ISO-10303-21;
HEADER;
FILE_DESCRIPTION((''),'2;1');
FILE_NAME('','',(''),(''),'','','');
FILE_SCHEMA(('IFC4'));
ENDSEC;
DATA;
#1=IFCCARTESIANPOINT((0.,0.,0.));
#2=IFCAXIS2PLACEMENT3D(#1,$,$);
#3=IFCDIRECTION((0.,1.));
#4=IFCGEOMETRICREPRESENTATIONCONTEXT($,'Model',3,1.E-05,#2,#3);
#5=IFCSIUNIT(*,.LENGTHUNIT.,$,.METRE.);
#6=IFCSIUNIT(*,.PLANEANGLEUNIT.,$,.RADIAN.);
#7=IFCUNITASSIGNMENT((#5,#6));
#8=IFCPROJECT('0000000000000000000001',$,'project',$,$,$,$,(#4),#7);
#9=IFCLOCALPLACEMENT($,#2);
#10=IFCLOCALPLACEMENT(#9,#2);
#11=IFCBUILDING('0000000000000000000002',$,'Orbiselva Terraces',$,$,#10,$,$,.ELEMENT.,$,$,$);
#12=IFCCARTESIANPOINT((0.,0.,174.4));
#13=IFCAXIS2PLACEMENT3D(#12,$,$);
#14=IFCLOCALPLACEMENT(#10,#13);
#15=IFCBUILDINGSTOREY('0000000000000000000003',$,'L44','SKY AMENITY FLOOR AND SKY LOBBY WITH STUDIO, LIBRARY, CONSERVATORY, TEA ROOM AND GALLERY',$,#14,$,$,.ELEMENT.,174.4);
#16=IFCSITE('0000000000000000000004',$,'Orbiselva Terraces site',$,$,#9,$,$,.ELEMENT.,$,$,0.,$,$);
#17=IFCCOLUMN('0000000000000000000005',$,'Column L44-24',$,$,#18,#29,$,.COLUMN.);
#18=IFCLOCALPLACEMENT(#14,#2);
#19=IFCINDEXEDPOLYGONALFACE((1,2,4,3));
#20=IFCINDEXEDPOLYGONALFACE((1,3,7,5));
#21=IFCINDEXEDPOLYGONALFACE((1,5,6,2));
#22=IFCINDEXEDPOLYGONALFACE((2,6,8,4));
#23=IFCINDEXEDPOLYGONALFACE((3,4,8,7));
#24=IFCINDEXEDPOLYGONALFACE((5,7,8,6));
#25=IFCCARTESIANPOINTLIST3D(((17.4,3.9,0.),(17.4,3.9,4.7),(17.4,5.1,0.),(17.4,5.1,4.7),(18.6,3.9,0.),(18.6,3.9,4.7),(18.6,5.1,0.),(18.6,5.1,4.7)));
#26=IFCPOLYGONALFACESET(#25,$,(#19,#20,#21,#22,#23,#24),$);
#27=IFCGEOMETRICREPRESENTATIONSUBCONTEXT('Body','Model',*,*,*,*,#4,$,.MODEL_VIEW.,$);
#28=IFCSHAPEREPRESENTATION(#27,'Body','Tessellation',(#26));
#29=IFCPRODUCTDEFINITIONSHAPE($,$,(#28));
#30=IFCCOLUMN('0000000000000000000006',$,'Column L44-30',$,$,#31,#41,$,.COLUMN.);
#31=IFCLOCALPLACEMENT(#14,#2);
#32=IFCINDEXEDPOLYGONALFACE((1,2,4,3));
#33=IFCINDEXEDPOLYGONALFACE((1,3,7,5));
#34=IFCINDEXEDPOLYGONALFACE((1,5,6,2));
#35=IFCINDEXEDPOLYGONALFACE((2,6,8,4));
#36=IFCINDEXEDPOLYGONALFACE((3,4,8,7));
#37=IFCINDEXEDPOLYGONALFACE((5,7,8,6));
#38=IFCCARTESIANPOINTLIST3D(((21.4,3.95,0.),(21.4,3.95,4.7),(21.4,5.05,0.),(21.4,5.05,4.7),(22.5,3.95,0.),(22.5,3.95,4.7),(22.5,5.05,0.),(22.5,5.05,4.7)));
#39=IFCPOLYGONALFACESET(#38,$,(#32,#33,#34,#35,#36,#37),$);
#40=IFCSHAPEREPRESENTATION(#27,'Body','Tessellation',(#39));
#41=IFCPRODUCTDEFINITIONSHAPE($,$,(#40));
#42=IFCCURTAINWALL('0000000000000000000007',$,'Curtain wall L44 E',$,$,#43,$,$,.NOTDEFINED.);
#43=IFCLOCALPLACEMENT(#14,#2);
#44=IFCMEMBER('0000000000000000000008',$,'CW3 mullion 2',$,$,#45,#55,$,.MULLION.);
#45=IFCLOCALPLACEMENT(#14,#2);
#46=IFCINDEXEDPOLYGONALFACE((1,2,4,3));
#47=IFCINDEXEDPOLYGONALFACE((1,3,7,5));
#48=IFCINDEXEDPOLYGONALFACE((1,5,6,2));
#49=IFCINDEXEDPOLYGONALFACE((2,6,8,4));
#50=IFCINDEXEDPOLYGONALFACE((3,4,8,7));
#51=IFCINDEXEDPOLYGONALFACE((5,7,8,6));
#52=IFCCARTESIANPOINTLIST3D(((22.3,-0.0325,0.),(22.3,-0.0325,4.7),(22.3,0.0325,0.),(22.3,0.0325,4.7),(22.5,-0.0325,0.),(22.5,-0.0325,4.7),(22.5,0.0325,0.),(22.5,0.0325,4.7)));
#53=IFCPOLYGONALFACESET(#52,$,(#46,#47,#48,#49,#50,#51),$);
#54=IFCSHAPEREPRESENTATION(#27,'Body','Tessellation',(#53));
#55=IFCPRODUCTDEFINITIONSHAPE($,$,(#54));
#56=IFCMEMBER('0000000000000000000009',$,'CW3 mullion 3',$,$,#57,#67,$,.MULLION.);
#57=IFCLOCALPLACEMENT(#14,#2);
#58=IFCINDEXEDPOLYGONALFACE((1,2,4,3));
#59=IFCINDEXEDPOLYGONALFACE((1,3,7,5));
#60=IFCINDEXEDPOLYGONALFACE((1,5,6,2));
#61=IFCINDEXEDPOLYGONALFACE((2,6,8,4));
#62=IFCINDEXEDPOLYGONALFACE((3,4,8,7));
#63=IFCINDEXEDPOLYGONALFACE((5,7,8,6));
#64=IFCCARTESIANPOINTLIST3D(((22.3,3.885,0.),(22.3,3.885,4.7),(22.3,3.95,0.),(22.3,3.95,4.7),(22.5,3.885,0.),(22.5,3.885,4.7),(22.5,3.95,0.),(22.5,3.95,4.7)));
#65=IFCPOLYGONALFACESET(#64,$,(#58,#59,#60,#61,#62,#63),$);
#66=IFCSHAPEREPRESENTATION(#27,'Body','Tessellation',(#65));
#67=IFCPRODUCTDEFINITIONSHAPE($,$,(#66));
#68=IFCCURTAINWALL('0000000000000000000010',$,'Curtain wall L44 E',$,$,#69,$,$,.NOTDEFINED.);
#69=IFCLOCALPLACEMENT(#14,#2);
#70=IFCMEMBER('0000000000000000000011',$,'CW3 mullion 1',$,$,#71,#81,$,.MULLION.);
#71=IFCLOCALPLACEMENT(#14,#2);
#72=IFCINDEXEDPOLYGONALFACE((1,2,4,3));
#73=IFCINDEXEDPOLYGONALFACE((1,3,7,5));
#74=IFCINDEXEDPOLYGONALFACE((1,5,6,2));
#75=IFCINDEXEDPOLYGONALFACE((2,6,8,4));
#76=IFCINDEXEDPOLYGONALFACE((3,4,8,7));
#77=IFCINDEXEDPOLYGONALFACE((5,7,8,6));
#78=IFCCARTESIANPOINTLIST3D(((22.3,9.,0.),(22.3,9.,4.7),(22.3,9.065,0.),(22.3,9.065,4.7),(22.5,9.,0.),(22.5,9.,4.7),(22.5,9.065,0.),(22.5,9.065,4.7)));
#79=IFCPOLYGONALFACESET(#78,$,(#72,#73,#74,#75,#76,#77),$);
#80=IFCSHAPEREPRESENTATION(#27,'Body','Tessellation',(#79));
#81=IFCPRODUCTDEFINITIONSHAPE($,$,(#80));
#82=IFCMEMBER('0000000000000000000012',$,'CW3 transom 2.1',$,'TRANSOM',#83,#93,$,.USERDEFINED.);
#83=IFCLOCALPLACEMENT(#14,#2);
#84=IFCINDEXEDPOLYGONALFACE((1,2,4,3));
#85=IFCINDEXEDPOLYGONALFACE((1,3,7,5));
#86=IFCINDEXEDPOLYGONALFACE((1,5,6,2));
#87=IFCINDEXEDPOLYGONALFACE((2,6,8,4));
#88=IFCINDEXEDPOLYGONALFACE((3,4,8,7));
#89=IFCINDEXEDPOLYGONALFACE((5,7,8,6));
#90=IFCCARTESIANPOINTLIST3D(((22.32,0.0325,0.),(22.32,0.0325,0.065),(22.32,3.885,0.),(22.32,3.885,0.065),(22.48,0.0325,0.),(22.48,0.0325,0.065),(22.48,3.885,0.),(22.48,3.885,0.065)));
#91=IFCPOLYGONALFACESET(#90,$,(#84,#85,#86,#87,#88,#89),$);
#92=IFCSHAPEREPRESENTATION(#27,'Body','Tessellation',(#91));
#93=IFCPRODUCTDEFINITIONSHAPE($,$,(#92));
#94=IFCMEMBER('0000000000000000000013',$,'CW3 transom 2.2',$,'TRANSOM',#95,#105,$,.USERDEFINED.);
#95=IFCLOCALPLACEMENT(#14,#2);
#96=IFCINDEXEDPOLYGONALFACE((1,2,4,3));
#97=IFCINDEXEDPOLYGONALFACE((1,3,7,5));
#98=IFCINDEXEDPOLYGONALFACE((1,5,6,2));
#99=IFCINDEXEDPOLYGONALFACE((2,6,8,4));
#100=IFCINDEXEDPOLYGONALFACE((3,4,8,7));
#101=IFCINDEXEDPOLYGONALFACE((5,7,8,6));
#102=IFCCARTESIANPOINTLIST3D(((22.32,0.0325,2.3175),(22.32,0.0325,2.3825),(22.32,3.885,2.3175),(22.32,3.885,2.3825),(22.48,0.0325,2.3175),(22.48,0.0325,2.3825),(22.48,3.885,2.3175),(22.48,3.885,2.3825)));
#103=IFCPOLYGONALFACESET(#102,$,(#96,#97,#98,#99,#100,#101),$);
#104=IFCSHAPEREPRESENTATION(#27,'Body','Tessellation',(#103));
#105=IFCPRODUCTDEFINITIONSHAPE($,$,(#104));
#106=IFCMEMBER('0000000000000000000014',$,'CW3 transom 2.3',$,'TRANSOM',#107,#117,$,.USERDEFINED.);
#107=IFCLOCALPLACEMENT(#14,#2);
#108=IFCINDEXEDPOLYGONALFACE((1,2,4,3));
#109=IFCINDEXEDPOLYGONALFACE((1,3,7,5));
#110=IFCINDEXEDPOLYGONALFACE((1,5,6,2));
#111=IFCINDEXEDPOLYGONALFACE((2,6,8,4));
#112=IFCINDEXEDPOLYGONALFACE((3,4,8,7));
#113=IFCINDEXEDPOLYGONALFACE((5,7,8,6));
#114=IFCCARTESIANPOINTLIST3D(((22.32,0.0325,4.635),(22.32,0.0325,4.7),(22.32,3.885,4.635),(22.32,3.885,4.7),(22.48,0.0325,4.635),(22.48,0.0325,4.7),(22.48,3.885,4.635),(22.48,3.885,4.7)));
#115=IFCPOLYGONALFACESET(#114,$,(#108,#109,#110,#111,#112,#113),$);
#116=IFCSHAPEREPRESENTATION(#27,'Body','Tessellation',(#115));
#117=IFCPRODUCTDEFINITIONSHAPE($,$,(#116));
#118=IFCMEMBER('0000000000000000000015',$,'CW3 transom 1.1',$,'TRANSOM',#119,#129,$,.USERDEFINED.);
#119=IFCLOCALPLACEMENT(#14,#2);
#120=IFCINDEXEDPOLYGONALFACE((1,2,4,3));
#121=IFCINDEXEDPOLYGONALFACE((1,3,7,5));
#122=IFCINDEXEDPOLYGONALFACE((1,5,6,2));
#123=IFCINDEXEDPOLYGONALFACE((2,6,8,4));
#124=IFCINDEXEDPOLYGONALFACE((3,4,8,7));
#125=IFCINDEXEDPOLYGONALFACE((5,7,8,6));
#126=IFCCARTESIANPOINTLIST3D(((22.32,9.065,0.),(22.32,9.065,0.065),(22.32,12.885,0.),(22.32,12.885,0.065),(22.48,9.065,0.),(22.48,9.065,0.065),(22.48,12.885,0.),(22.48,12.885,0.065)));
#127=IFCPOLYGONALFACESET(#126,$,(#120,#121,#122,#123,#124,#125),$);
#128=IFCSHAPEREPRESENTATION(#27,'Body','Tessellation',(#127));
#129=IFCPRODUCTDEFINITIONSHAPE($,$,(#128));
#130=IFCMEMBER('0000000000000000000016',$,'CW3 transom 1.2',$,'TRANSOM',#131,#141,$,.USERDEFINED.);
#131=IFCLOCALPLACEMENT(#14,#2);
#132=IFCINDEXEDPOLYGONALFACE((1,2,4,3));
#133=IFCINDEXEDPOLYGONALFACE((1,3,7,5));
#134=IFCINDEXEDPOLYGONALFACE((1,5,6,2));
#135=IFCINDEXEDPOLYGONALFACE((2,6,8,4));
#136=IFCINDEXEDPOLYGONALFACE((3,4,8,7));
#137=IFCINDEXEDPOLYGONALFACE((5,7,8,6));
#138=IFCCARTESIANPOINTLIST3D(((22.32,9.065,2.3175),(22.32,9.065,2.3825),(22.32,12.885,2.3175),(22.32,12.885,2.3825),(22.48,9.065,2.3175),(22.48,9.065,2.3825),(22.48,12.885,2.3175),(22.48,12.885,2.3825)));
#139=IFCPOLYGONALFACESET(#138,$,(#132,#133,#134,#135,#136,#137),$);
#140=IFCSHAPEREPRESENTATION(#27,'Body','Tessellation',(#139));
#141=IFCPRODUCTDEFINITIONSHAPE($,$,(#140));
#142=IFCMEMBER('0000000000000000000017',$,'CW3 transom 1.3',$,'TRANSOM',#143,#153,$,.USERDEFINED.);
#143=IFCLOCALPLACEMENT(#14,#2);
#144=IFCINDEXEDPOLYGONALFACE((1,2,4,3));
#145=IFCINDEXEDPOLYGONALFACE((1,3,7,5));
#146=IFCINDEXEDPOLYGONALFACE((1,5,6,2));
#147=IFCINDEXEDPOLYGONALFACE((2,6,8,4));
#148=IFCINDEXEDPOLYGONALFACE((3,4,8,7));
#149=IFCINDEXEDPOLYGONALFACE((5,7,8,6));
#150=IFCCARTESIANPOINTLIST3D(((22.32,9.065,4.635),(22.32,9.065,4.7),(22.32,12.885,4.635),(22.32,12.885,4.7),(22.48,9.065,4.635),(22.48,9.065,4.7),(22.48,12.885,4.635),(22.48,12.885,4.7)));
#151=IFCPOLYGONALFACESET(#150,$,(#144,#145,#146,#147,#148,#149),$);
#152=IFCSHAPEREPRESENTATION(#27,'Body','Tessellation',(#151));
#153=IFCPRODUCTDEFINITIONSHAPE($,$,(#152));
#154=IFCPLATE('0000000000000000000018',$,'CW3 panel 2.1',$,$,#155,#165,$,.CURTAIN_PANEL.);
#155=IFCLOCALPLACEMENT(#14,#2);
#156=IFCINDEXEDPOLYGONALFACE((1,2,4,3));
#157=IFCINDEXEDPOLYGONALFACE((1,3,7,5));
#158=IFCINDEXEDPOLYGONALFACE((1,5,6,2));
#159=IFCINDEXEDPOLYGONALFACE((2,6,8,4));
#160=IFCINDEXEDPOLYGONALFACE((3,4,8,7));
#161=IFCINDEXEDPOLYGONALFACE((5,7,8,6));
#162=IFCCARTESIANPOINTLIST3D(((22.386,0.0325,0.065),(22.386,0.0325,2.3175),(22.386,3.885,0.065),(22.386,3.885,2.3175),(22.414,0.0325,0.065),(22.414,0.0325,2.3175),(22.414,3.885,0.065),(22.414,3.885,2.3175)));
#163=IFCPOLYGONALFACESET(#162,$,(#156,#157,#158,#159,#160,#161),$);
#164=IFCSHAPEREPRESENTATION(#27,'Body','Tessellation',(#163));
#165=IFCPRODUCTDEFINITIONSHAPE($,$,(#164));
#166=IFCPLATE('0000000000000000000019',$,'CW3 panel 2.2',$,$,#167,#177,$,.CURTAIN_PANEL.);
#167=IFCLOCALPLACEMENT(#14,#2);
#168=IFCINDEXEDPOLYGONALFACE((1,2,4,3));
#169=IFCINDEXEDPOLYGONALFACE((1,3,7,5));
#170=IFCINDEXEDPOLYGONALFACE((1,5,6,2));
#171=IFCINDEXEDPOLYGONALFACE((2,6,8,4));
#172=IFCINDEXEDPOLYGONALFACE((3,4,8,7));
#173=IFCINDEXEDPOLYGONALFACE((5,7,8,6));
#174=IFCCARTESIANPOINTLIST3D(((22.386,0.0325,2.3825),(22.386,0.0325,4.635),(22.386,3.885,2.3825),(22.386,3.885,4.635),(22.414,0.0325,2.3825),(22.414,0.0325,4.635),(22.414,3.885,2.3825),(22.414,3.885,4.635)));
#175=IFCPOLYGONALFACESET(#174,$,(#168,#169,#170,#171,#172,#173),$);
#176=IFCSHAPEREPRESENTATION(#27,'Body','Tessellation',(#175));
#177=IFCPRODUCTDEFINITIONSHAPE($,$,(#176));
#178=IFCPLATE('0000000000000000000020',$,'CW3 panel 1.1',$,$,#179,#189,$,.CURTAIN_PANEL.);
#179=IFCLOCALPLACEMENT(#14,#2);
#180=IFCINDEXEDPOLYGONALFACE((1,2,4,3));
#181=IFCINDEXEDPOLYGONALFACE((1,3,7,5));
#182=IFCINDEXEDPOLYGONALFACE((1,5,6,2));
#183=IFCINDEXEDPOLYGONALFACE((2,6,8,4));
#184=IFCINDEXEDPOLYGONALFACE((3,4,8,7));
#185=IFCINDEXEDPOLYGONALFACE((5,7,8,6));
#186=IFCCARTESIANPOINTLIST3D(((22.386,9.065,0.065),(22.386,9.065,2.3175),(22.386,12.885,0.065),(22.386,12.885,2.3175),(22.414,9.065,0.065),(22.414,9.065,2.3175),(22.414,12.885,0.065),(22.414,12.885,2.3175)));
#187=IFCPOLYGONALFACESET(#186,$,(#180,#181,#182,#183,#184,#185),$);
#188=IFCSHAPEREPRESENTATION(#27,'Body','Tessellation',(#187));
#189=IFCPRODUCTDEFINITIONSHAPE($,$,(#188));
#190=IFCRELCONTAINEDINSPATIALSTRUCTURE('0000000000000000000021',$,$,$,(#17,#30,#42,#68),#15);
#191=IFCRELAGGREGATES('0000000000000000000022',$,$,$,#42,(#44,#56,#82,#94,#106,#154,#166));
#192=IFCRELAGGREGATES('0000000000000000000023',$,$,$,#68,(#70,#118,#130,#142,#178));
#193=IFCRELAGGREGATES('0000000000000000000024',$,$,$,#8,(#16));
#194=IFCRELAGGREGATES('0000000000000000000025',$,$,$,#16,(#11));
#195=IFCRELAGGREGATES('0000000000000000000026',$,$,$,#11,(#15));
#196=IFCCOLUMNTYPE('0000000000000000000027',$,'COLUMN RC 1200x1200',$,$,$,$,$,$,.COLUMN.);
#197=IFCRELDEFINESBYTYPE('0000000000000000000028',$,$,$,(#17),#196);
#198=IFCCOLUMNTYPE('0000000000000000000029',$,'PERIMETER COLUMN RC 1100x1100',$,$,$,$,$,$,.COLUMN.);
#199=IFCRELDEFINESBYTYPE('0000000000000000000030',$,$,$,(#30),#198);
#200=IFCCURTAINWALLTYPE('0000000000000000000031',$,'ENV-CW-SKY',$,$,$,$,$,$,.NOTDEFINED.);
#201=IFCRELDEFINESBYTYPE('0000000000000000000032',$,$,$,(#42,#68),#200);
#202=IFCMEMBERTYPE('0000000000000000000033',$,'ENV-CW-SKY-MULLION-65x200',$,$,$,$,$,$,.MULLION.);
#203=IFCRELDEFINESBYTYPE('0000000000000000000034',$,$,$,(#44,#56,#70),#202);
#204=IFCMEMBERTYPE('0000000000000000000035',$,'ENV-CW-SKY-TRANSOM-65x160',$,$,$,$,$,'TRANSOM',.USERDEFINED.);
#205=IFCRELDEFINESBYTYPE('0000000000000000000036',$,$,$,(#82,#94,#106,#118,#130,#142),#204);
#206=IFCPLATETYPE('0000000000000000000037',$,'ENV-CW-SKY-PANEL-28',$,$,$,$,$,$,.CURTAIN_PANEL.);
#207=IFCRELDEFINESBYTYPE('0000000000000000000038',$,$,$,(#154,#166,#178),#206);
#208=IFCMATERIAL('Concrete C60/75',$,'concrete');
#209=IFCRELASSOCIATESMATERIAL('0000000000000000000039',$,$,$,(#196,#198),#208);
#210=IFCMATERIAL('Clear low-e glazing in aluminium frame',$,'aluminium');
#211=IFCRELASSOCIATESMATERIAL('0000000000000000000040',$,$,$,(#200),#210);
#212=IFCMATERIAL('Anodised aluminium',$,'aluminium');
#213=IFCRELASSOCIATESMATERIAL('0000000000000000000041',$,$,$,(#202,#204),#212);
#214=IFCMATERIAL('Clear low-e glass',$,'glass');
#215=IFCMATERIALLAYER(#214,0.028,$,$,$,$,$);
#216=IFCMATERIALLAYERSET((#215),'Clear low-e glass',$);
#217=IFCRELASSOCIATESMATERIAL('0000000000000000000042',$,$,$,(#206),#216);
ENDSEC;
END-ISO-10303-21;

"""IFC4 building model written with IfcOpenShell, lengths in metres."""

from ifc_helpers import new_model, si_unit, direction, frame, origin, origin_2d, place, context, subcontext, project, spatial, rectangle, extrude, material, layer, layer_set, material_profile, profile_set, type_object, element, aggregate, save


model = new_model("IFC4")

# Units and contexts
model_context = context("Model", 3, precision=1e-05, world=origin(), true_north=direction((0.0, 1.0)))
body_context = subcontext(model_context, "Body", "Model", "MODEL_VIEW")
ifc_project = project(units=[si_unit("LENGTHUNIT", "METRE"), si_unit("PLANEANGLEUNIT", "RADIAN")], contexts=[model_context])

# Site, building, storey
site_placement = place(None, origin())
site = spatial("IfcSite", under=ifc_project, at=site_placement, Name="Orbiselva Terraces site", CompositionType="ELEMENT", RefElevation=0.0)
building_placement = place(site_placement, origin())
building = spatial("IfcBuilding", under=site, at=building_placement, Name="Orbiselva Terraces", CompositionType="ELEMENT")
storey_placement = place(building_placement, frame((0.0, 0.0, 174.4)))
storey = spatial("IfcBuildingStorey", under=building, at=storey_placement, Name="L44", Description="SKY AMENITY FLOOR AND SKY LOBBY WITH STUDIO, LIBRARY, CONSERVATORY, TEA ROOM AND GALLERY", CompositionType="ELEMENT", Elevation=174.4)

# Columns
ifc_material_1 = material(Name="Concrete C60/75", Category="concrete")
ifc_material_profile_1 = material_profile(ifc_material_1, rectangle(XDim=1.2, YDim=1.2, at=origin_2d()), Name="RC 1200x1200")
ifc_profile_set_1 = profile_set([ifc_material_profile_1], Name="Concrete C60/75")
column_type_1 = type_object("IfcColumnType", Name="COLUMN RC 1200x1200", PredefinedType="COLUMN", material=ifc_profile_set_1)
column_1_placement = place(storey_placement, frame((18.0, 4.5, 0.0), z_axis=(0.0, 0.0, 1.0), x_axis=(1.0, 0.0, 0.0)))
element("IfcColumn", 1, at=column_1_placement, inside=storey, type_object=column_type_1, Name="Column L44-24", PredefinedType="COLUMN", context=body_context, shape_type="SweptSolid", body=[
    extrude(rectangle(XDim=1.2, YDim=1.2, at=origin_2d()), origin(), (0.0, 0.0, 1.0), 4.7),
])
ifc_material_profile_2 = material_profile(ifc_material_1, rectangle(XDim=1.1, YDim=1.1, at=origin_2d()), Name="RC 1100x1100")
ifc_profile_set_2 = profile_set([ifc_material_profile_2], Name="Concrete C60/75")
column_type_2 = type_object("IfcColumnType", Name="PERIMETER COLUMN RC 1100x1100", PredefinedType="COLUMN", material=ifc_profile_set_2)
column_2_placement = place(storey_placement, frame((21.95, 4.5, 0.0), z_axis=(0.0, 0.0, 1.0), x_axis=(1.0, 0.0, 0.0)))
element("IfcColumn", 2, at=column_2_placement, inside=storey, type_object=column_type_2, Name="Column L44-30", PredefinedType="COLUMN", context=body_context, shape_type="SweptSolid", body=[
    extrude(rectangle(XDim=1.1, YDim=1.1, at=origin_2d()), origin(), (0.0, 0.0, 1.0), 4.7),
])

# Curtain wall, members
ifc_material_2 = material(Name="Clear low-e glazing in aluminium frame", Category="aluminium")
curtain_wall_type = type_object("IfcCurtainWallType", Name="ENV-CW-SKY", PredefinedType="NOTDEFINED", material=ifc_material_2)
curtain_wall_1_placement = place(storey_placement, origin())
curtain_wall_1 = element("IfcCurtainWall", 3, at=curtain_wall_1_placement, inside=storey, type_object=curtain_wall_type, Name="Curtain wall L44 E", PredefinedType="NOTDEFINED")
ifc_material_3 = material(Name="Anodised aluminium", Category="aluminium")
ifc_material_profile_3 = material_profile(ifc_material_3, rectangle(XDim=0.2, YDim=0.065, at=origin_2d()), Name="AL 65x200")
ifc_profile_set_3 = profile_set([ifc_material_profile_3], Name="Anodised aluminium")
member_type_1 = type_object("IfcMemberType", Name="ENV-CW-SKY-MULLION-65x200", PredefinedType="MULLION", material=ifc_profile_set_3)
member_1_placement = place(storey_placement, frame((22.4, 0.0, 0.0), z_axis=(0.0, 0.0, 1.0), x_axis=(-1.0, 0.0, 0.0)))
member_1 = element("IfcMember", 4, at=member_1_placement, type_object=member_type_1, Name="CW3 mullion 2", PredefinedType="MULLION", context=body_context, shape_type="SweptSolid", body=[
    extrude(rectangle(XDim=0.2, YDim=0.065, at=origin_2d()), origin(), (0.0, 0.0, 1.0), 4.7),
])
member_2_placement = place(storey_placement, frame((22.4, 3.9175, 0.0), z_axis=(0.0, 0.0, 1.0), x_axis=(-1.0, 0.0, 0.0)))
member_2 = element("IfcMember", 5, at=member_2_placement, type_object=member_type_1, Name="CW3 mullion 3", PredefinedType="MULLION", context=body_context, shape_type="SweptSolid", body=[
    extrude(rectangle(XDim=0.2, YDim=0.065, at=origin_2d()), origin(), (0.0, 0.0, 1.0), 4.7),
])

# Curtain wall, member
curtain_wall_2_placement = place(storey_placement, origin())
curtain_wall_2 = element("IfcCurtainWall", 6, at=curtain_wall_2_placement, inside=storey, type_object=curtain_wall_type, Name="Curtain wall L44 E", PredefinedType="NOTDEFINED")
member_3_placement = place(storey_placement, frame((22.4, 9.0325, 0.0), z_axis=(0.0, 0.0, 1.0), x_axis=(-1.0, 0.0, 0.0)))
member_3 = element("IfcMember", 7, at=member_3_placement, type_object=member_type_1, Name="CW3 mullion 1", PredefinedType="MULLION", context=body_context, shape_type="SweptSolid", body=[
    extrude(rectangle(XDim=0.2, YDim=0.065, at=origin_2d()), origin(), (0.0, 0.0, 1.0), 4.7),
])

# Members
ifc_material_profile_4 = material_profile(ifc_material_3, rectangle(XDim=0.16, YDim=0.065, at=origin_2d()), Name="AL 65x160")
ifc_profile_set_4 = profile_set([ifc_material_profile_4], Name="Anodised aluminium")
member_type_2 = type_object("IfcMemberType", Name="ENV-CW-SKY-TRANSOM-65x160", ElementType="TRANSOM", PredefinedType="USERDEFINED", material=ifc_profile_set_4)
member_4_placement = place(storey_placement, frame((22.4, 0.0325, 0.0325), z_axis=(0.0, 1.0, 0.0), x_axis=(-1.0, 0.0, 0.0)))
member_4 = element("IfcMember", 8, at=member_4_placement, type_object=member_type_2, Name="CW3 transom 2.1", ObjectType="TRANSOM", PredefinedType="USERDEFINED", context=body_context, shape_type="SweptSolid", body=[
    extrude(rectangle(XDim=0.16, YDim=0.065, at=origin_2d()), origin(), (0.0, 0.0, 1.0), 3.8525),
])
member_5_placement = place(storey_placement, frame((22.4, 0.0325, 2.35), z_axis=(0.0, 1.0, 0.0), x_axis=(-1.0, 0.0, 0.0)))
member_5 = element("IfcMember", 9, at=member_5_placement, type_object=member_type_2, Name="CW3 transom 2.2", ObjectType="TRANSOM", PredefinedType="USERDEFINED", context=body_context, shape_type="SweptSolid", body=[
    extrude(rectangle(XDim=0.16, YDim=0.065, at=origin_2d()), origin(), (0.0, 0.0, 1.0), 3.8525),
])
member_6_placement = place(storey_placement, frame((22.4, 0.0325, 4.6675), z_axis=(0.0, 1.0, 0.0), x_axis=(-1.0, 0.0, 0.0)))
member_6 = element("IfcMember", 10, at=member_6_placement, type_object=member_type_2, Name="CW3 transom 2.3", ObjectType="TRANSOM", PredefinedType="USERDEFINED", context=body_context, shape_type="SweptSolid", body=[
    extrude(rectangle(XDim=0.16, YDim=0.065, at=origin_2d()), origin(), (0.0, 0.0, 1.0), 3.8525),
])
member_7_placement = place(storey_placement, frame((22.4, 9.065, 0.0325), z_axis=(0.0, 1.0, 0.0), x_axis=(-1.0, 0.0, 0.0)))
member_7 = element("IfcMember", 11, at=member_7_placement, type_object=member_type_2, Name="CW3 transom 1.1", ObjectType="TRANSOM", PredefinedType="USERDEFINED", context=body_context, shape_type="SweptSolid", body=[
    extrude(rectangle(XDim=0.16, YDim=0.065, at=origin_2d()), origin(), (0.0, 0.0, 1.0), 3.82),
])
member_8_placement = place(storey_placement, frame((22.4, 9.065, 2.35), z_axis=(0.0, 1.0, 0.0), x_axis=(-1.0, 0.0, 0.0)))
member_8 = element("IfcMember", 12, at=member_8_placement, type_object=member_type_2, Name="CW3 transom 1.2", ObjectType="TRANSOM", PredefinedType="USERDEFINED", context=body_context, shape_type="SweptSolid", body=[
    extrude(rectangle(XDim=0.16, YDim=0.065, at=origin_2d()), origin(), (0.0, 0.0, 1.0), 3.82),
])
member_9_placement = place(storey_placement, frame((22.4, 9.065, 4.6675), z_axis=(0.0, 1.0, 0.0), x_axis=(-1.0, 0.0, 0.0)))
member_9 = element("IfcMember", 13, at=member_9_placement, type_object=member_type_2, Name="CW3 transom 1.3", ObjectType="TRANSOM", PredefinedType="USERDEFINED", context=body_context, shape_type="SweptSolid", body=[
    extrude(rectangle(XDim=0.16, YDim=0.065, at=origin_2d()), origin(), (0.0, 0.0, 1.0), 3.82),
])

# Plates
ifc_material_4 = material(Name="Clear low-e glass", Category="glass")
ifc_layer_1 = layer(ifc_material_4, 0.028)
ifc_layer_set_1 = layer_set([ifc_layer_1], Name="Clear low-e glass")
plate_type = type_object("IfcPlateType", Name="ENV-CW-SKY-PANEL-28", PredefinedType="CURTAIN_PANEL", material=ifc_layer_set_1)
plate_1_placement = place(storey_placement, frame((22.4, 1.9587, 0.065), z_axis=(0.0, 0.0, 1.0), x_axis=(0.0, 1.0, 0.0)))
plate_1 = element("IfcPlate", 14, at=plate_1_placement, type_object=plate_type, Name="CW3 panel 2.1", PredefinedType="CURTAIN_PANEL", context=body_context, shape_type="SweptSolid", body=[
    extrude(rectangle(XDim=3.8525, YDim=0.028, at=origin_2d()), origin(), (0.0, 0.0, 1.0), 2.2525),
])
plate_2_placement = place(storey_placement, frame((22.4, 1.9587, 2.3825), z_axis=(0.0, 0.0, 1.0), x_axis=(0.0, 1.0, 0.0)))
plate_2 = element("IfcPlate", 15, at=plate_2_placement, type_object=plate_type, Name="CW3 panel 2.2", PredefinedType="CURTAIN_PANEL", context=body_context, shape_type="SweptSolid", body=[
    extrude(rectangle(XDim=3.8525, YDim=0.028, at=origin_2d()), origin(), (0.0, 0.0, 1.0), 2.2525),
])
aggregate(curtain_wall_1, [member_1, member_2, member_4, member_5, member_6, plate_1, plate_2])
plate_3_placement = place(storey_placement, frame((22.4, 10.975, 0.065), z_axis=(0.0, 0.0, 1.0), x_axis=(0.0, 1.0, 0.0)))
plate_3 = element("IfcPlate", 16, at=plate_3_placement, type_object=plate_type, Name="CW3 panel 1.1", PredefinedType="CURTAIN_PANEL", context=body_context, shape_type="SweptSolid", body=[
    extrude(rectangle(XDim=3.82, YDim=0.028, at=origin_2d()), origin(), (0.0, 0.0, 1.0), 2.2525),
])
aggregate(curtain_wall_2, [member_3, member_7, member_8, member_9, plate_3])

save(model, "model.ifc")
